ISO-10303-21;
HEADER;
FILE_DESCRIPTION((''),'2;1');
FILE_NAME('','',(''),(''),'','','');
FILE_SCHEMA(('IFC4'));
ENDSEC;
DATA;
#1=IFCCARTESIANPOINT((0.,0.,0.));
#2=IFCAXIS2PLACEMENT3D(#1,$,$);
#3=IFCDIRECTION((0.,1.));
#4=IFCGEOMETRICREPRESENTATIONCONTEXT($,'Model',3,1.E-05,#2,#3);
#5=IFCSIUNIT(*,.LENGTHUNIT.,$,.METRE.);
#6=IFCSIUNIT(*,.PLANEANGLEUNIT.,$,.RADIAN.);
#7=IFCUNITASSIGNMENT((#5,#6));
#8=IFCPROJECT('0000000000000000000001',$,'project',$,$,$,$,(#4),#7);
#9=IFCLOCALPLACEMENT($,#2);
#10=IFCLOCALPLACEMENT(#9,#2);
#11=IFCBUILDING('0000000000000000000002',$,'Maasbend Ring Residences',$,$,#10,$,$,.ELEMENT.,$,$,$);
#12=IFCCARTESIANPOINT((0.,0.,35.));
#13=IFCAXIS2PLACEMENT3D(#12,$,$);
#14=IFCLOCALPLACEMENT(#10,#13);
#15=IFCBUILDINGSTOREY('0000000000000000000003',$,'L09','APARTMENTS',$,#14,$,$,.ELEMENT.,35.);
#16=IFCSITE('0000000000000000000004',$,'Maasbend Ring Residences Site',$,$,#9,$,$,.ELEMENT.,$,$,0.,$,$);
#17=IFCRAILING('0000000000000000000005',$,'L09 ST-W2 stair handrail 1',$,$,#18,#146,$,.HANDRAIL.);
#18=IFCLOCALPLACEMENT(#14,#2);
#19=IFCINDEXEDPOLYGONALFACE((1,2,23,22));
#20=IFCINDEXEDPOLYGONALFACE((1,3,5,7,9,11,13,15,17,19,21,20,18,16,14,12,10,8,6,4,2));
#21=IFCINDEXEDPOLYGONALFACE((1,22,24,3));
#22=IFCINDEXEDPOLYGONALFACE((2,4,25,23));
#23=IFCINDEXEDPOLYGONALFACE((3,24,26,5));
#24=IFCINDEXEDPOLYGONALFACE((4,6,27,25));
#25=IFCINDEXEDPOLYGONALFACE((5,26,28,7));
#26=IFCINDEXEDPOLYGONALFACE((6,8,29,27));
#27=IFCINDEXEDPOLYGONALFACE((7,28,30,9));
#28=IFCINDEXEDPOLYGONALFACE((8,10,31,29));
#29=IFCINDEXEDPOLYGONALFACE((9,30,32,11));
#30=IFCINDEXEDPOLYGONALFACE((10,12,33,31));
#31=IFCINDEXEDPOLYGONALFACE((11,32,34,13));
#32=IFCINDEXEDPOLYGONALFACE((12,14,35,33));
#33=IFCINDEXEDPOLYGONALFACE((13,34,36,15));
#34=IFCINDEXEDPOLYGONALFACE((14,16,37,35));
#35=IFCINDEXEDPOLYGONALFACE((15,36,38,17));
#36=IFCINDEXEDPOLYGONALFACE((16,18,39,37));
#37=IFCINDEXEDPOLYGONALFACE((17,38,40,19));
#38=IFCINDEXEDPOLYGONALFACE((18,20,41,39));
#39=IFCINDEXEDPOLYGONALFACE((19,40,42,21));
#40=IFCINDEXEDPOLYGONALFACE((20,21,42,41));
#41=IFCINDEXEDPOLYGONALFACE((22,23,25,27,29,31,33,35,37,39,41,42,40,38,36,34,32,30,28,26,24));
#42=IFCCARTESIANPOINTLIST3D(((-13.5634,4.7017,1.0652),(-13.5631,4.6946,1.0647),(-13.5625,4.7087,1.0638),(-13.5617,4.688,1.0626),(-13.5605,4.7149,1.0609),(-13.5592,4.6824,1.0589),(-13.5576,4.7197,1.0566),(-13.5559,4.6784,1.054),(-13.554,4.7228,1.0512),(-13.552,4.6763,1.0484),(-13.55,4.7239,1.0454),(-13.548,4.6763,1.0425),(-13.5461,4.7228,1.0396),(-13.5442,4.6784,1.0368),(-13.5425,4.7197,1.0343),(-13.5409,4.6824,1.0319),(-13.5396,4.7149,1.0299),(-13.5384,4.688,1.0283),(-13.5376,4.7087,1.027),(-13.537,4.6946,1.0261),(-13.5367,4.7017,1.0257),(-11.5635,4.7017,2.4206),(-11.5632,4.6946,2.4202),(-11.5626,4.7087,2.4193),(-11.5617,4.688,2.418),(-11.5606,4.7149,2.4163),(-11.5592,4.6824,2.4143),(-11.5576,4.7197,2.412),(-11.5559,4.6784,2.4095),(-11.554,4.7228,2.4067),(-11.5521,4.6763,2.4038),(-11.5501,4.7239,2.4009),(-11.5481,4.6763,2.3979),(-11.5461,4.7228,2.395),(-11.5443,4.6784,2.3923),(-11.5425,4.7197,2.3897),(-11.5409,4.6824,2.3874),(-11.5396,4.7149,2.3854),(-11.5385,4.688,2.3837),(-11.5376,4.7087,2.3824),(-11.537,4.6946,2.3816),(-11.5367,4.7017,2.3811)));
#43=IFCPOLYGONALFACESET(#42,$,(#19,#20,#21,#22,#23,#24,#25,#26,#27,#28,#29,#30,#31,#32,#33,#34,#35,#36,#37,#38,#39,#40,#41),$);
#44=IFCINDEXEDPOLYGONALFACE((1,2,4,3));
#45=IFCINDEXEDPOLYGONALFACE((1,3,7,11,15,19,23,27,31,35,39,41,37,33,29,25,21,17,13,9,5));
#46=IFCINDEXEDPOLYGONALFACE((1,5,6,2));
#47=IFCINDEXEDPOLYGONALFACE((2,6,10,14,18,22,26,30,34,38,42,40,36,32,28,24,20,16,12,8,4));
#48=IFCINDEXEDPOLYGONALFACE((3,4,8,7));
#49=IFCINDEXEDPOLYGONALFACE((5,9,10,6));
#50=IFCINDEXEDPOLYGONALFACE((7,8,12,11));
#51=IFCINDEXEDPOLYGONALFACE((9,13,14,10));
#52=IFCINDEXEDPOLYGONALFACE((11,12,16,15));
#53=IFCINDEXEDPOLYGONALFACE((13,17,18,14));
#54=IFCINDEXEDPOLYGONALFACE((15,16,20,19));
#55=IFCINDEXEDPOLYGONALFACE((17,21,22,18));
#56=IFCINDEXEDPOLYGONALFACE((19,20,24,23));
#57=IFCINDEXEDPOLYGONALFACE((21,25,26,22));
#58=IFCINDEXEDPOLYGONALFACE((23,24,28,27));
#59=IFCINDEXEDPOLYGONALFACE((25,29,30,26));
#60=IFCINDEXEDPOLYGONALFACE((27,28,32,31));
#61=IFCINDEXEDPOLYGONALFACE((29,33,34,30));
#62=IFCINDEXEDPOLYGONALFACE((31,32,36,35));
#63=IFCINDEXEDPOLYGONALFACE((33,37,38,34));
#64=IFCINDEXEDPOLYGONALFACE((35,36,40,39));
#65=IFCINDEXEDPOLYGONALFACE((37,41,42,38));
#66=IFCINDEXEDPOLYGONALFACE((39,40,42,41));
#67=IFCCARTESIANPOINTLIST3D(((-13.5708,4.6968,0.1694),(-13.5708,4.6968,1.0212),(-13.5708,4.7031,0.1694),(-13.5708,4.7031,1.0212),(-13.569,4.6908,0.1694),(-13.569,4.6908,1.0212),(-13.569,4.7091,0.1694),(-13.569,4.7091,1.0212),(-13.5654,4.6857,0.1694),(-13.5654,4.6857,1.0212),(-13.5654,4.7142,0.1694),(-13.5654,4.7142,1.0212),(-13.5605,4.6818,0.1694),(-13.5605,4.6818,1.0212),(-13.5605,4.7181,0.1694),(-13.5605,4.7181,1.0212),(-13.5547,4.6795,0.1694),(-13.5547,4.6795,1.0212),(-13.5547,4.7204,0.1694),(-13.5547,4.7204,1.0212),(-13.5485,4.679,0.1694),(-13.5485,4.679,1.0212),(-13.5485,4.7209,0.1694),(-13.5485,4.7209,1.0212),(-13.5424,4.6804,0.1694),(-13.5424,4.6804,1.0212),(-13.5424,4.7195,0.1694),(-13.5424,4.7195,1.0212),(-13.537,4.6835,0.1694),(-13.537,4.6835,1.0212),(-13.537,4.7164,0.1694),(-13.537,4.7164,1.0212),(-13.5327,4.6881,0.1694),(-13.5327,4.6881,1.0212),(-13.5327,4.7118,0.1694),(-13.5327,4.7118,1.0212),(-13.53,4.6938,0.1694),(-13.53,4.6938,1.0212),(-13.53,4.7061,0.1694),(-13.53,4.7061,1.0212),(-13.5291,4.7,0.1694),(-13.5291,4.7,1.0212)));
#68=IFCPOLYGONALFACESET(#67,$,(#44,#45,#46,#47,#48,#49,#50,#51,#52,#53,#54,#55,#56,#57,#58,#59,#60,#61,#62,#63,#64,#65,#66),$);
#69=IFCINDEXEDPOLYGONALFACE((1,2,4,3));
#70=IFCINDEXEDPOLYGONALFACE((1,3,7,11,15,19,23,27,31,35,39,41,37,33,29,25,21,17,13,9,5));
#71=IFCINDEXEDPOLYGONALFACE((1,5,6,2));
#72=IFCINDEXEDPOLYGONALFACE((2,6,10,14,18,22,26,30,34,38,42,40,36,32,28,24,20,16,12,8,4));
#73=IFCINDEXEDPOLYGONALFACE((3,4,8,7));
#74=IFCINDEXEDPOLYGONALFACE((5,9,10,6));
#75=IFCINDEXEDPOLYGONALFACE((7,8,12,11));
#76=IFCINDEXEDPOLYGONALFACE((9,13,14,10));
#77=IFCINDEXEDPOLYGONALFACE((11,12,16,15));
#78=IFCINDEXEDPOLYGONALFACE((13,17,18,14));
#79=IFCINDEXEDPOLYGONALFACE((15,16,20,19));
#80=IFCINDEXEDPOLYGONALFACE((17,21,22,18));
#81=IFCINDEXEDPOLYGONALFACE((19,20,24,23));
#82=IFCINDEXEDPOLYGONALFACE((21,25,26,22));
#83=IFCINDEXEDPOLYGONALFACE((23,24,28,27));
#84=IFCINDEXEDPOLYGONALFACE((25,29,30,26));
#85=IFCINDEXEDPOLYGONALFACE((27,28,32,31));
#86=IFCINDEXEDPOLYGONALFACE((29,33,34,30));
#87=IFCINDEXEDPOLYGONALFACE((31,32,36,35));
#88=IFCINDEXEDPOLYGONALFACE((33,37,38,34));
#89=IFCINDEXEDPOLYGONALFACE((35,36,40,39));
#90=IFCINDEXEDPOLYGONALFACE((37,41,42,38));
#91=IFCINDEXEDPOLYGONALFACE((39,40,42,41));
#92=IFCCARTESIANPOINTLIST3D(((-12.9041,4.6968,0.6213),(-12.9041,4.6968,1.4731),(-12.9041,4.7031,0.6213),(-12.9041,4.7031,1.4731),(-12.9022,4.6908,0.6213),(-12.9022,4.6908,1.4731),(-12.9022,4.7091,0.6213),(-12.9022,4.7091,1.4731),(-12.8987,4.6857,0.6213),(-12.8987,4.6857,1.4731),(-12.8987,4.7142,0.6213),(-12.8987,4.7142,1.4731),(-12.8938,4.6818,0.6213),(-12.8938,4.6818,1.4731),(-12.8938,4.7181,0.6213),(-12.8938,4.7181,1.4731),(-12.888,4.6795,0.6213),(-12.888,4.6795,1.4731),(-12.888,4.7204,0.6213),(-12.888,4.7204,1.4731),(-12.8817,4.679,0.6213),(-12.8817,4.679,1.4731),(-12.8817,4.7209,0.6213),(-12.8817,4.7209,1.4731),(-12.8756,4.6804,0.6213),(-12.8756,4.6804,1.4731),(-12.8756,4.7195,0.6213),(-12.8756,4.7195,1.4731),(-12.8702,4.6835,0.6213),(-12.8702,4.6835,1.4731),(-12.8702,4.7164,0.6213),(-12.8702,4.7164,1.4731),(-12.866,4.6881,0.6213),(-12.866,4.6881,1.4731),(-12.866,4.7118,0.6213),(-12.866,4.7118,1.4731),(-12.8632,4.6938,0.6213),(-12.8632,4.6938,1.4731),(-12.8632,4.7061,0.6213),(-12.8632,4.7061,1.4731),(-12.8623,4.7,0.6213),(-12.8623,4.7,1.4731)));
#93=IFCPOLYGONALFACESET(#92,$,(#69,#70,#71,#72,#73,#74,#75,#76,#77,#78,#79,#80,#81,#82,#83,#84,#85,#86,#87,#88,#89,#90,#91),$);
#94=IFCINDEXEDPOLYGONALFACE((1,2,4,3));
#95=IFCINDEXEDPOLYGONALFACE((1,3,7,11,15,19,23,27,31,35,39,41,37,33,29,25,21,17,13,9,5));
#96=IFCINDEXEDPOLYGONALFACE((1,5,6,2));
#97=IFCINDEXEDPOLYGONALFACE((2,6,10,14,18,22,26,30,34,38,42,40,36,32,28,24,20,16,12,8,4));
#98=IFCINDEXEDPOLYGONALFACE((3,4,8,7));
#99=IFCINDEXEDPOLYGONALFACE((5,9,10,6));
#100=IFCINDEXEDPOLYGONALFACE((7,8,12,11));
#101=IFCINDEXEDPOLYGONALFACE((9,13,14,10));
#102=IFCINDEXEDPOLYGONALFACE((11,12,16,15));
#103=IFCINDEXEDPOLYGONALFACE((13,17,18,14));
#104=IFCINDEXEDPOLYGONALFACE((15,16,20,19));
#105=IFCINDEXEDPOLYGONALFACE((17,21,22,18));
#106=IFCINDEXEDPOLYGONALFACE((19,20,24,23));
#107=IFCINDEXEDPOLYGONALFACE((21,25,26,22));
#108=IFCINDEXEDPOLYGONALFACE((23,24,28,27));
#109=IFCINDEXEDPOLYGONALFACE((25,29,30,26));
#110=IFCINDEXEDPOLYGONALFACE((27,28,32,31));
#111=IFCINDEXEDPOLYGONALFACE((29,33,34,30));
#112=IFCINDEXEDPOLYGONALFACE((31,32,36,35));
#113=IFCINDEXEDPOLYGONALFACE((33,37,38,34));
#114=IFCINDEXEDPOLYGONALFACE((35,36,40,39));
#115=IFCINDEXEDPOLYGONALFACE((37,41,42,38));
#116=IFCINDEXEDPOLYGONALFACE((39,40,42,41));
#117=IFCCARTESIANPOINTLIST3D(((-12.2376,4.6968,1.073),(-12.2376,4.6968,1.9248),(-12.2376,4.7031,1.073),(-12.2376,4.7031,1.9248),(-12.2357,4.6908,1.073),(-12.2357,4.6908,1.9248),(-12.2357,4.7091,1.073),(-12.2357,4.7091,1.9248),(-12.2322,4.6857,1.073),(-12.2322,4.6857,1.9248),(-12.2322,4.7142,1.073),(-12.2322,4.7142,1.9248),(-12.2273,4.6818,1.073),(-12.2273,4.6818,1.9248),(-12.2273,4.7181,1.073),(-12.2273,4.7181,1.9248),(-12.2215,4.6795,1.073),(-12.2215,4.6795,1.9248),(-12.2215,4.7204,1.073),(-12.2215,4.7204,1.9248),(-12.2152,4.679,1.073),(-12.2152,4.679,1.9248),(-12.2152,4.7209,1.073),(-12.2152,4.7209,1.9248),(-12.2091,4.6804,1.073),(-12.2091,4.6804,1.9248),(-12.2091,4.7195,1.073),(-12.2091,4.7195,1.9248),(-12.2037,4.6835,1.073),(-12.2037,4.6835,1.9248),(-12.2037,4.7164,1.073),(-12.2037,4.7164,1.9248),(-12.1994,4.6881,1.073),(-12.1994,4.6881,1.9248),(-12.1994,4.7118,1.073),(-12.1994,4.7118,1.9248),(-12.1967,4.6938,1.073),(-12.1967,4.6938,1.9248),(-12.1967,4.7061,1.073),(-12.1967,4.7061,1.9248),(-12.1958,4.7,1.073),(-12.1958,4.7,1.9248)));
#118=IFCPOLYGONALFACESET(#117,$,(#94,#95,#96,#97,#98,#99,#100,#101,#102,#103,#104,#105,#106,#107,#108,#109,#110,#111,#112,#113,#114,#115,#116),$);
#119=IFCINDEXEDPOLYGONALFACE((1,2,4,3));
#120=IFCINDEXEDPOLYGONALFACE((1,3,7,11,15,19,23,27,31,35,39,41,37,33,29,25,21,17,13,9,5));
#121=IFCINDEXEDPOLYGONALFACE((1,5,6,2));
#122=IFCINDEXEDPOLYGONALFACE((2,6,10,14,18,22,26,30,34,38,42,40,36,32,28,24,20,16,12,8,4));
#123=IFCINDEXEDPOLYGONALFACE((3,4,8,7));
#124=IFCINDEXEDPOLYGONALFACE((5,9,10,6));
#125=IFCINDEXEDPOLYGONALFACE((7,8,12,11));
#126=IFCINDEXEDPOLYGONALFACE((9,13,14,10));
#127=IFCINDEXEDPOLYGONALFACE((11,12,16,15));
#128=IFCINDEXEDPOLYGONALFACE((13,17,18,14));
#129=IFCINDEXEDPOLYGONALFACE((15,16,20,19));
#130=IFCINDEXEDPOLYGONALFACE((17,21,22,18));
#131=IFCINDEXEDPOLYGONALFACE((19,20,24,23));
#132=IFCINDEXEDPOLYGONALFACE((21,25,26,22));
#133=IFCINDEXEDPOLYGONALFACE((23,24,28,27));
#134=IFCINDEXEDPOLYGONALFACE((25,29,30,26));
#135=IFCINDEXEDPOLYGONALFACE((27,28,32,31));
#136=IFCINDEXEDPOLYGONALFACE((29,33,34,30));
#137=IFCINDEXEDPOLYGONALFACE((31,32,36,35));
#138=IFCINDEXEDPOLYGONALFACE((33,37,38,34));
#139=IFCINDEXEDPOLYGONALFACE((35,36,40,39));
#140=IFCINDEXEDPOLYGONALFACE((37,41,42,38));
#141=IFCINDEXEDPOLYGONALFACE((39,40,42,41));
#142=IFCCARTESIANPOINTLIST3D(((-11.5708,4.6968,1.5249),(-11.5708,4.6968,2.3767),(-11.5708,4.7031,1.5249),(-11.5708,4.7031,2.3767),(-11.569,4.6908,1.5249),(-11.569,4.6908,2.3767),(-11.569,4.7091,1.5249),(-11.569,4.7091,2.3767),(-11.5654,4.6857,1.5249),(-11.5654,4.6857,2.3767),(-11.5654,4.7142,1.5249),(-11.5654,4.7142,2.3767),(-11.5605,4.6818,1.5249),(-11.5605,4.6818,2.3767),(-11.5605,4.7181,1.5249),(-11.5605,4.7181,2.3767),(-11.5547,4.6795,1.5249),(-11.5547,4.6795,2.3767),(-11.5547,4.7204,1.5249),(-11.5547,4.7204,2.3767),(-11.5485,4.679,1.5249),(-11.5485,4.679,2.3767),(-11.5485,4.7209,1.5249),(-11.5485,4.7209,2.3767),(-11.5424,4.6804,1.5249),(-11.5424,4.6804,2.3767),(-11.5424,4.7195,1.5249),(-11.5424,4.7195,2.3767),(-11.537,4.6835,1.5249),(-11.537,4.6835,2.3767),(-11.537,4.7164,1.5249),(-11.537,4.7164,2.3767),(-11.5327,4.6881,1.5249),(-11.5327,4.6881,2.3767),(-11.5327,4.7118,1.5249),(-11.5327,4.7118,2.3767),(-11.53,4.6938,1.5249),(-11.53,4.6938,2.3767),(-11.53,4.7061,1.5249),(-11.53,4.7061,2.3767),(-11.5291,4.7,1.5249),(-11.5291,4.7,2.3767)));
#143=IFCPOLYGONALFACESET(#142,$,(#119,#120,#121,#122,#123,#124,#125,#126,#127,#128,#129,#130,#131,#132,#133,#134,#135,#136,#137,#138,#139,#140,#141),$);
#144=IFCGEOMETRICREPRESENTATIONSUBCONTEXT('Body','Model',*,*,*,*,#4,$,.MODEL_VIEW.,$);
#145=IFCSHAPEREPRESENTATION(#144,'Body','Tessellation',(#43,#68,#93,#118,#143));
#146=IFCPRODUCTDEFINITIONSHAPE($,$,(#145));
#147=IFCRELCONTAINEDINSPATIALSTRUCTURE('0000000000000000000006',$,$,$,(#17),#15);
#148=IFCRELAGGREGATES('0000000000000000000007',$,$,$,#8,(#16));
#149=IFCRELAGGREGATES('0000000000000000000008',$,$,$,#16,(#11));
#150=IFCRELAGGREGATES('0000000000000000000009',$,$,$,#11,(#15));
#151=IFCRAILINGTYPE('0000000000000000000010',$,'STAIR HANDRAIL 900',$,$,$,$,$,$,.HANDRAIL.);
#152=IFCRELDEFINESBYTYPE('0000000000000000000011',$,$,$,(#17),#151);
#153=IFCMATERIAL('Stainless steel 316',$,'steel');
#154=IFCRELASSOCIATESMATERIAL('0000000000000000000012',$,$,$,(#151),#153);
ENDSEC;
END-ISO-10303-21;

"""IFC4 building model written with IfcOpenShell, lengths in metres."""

from ifc_helpers import new_model, si_unit, direction, frame, origin, origin_2d, place, context, subcontext, project, spatial, circle, extrude, material, type_object, element, save


model = new_model("IFC4")

# Units and contexts
model_context = context("Model", 3, precision=1e-05, world=origin(), true_north=direction((0.0, 1.0)))
body_context = subcontext(model_context, "Body", "Model", "MODEL_VIEW")
ifc_project = project(units=[si_unit("LENGTHUNIT", "METRE"), si_unit("PLANEANGLEUNIT", "RADIAN")], contexts=[model_context])

# Site, building, storey
site_placement = place(None, origin())
site = spatial("IfcSite", under=ifc_project, at=site_placement, Name="Maasbend Ring Residences Site", CompositionType="ELEMENT", RefElevation=0.0)
building_placement = place(site_placement, origin())
building = spatial("IfcBuilding", under=site, at=building_placement, Name="Maasbend Ring Residences", CompositionType="ELEMENT")
storey_placement = place(building_placement, frame((0.0, 0.0, 35.0)))
storey = spatial("IfcBuildingStorey", under=building, at=storey_placement, Name="L09", Description="APARTMENTS", CompositionType="ELEMENT", Elevation=35.0)

# Railing
ifc_material_1 = material(Name="Stainless steel 316", Category="steel")
railing_type_1 = type_object("IfcRailingType", Name="STAIR HANDRAIL 900", PredefinedType="HANDRAIL", material=ifc_material_1)
railing_1_placement = place(storey_placement, frame((-13.55, 4.7, 0.1694)))
element("IfcRailing", 1, at=railing_1_placement, inside=storey, type_object=railing_type_1, Name="L09 ST-W2 stair handrail 1", PredefinedType="HANDRAIL", context=body_context, shape_type="SweptSolid", body=[
    extrude(circle(Radius=0.0239, at=origin_2d()), frame((0.0, 0.0, 0.876), z_axis=(0.827798, 0.0, 0.561027), x_axis=(0.0, 1.0, 0.0)), (0.0, 0.0, 1.0), 2.416),
    extrude(circle(Radius=0.021, at=origin_2d()), origin(), (0.0, 0.0, 1.0), 0.8518),
    extrude(circle(Radius=0.021, at=origin_2d()), frame((0.6667, 0.0, 0.4519)), (0.0, 0.0, 1.0), 0.8518),
    extrude(circle(Radius=0.021, at=origin_2d()), frame((1.3333, 0.0, 0.9036)), (0.0, 0.0, 1.0), 0.8518),
    extrude(circle(Radius=0.021, at=origin_2d()), frame((2.0, 0.0, 1.3555)), (0.0, 0.0, 1.0), 0.8518),
])

save(model, "model.ifc")
